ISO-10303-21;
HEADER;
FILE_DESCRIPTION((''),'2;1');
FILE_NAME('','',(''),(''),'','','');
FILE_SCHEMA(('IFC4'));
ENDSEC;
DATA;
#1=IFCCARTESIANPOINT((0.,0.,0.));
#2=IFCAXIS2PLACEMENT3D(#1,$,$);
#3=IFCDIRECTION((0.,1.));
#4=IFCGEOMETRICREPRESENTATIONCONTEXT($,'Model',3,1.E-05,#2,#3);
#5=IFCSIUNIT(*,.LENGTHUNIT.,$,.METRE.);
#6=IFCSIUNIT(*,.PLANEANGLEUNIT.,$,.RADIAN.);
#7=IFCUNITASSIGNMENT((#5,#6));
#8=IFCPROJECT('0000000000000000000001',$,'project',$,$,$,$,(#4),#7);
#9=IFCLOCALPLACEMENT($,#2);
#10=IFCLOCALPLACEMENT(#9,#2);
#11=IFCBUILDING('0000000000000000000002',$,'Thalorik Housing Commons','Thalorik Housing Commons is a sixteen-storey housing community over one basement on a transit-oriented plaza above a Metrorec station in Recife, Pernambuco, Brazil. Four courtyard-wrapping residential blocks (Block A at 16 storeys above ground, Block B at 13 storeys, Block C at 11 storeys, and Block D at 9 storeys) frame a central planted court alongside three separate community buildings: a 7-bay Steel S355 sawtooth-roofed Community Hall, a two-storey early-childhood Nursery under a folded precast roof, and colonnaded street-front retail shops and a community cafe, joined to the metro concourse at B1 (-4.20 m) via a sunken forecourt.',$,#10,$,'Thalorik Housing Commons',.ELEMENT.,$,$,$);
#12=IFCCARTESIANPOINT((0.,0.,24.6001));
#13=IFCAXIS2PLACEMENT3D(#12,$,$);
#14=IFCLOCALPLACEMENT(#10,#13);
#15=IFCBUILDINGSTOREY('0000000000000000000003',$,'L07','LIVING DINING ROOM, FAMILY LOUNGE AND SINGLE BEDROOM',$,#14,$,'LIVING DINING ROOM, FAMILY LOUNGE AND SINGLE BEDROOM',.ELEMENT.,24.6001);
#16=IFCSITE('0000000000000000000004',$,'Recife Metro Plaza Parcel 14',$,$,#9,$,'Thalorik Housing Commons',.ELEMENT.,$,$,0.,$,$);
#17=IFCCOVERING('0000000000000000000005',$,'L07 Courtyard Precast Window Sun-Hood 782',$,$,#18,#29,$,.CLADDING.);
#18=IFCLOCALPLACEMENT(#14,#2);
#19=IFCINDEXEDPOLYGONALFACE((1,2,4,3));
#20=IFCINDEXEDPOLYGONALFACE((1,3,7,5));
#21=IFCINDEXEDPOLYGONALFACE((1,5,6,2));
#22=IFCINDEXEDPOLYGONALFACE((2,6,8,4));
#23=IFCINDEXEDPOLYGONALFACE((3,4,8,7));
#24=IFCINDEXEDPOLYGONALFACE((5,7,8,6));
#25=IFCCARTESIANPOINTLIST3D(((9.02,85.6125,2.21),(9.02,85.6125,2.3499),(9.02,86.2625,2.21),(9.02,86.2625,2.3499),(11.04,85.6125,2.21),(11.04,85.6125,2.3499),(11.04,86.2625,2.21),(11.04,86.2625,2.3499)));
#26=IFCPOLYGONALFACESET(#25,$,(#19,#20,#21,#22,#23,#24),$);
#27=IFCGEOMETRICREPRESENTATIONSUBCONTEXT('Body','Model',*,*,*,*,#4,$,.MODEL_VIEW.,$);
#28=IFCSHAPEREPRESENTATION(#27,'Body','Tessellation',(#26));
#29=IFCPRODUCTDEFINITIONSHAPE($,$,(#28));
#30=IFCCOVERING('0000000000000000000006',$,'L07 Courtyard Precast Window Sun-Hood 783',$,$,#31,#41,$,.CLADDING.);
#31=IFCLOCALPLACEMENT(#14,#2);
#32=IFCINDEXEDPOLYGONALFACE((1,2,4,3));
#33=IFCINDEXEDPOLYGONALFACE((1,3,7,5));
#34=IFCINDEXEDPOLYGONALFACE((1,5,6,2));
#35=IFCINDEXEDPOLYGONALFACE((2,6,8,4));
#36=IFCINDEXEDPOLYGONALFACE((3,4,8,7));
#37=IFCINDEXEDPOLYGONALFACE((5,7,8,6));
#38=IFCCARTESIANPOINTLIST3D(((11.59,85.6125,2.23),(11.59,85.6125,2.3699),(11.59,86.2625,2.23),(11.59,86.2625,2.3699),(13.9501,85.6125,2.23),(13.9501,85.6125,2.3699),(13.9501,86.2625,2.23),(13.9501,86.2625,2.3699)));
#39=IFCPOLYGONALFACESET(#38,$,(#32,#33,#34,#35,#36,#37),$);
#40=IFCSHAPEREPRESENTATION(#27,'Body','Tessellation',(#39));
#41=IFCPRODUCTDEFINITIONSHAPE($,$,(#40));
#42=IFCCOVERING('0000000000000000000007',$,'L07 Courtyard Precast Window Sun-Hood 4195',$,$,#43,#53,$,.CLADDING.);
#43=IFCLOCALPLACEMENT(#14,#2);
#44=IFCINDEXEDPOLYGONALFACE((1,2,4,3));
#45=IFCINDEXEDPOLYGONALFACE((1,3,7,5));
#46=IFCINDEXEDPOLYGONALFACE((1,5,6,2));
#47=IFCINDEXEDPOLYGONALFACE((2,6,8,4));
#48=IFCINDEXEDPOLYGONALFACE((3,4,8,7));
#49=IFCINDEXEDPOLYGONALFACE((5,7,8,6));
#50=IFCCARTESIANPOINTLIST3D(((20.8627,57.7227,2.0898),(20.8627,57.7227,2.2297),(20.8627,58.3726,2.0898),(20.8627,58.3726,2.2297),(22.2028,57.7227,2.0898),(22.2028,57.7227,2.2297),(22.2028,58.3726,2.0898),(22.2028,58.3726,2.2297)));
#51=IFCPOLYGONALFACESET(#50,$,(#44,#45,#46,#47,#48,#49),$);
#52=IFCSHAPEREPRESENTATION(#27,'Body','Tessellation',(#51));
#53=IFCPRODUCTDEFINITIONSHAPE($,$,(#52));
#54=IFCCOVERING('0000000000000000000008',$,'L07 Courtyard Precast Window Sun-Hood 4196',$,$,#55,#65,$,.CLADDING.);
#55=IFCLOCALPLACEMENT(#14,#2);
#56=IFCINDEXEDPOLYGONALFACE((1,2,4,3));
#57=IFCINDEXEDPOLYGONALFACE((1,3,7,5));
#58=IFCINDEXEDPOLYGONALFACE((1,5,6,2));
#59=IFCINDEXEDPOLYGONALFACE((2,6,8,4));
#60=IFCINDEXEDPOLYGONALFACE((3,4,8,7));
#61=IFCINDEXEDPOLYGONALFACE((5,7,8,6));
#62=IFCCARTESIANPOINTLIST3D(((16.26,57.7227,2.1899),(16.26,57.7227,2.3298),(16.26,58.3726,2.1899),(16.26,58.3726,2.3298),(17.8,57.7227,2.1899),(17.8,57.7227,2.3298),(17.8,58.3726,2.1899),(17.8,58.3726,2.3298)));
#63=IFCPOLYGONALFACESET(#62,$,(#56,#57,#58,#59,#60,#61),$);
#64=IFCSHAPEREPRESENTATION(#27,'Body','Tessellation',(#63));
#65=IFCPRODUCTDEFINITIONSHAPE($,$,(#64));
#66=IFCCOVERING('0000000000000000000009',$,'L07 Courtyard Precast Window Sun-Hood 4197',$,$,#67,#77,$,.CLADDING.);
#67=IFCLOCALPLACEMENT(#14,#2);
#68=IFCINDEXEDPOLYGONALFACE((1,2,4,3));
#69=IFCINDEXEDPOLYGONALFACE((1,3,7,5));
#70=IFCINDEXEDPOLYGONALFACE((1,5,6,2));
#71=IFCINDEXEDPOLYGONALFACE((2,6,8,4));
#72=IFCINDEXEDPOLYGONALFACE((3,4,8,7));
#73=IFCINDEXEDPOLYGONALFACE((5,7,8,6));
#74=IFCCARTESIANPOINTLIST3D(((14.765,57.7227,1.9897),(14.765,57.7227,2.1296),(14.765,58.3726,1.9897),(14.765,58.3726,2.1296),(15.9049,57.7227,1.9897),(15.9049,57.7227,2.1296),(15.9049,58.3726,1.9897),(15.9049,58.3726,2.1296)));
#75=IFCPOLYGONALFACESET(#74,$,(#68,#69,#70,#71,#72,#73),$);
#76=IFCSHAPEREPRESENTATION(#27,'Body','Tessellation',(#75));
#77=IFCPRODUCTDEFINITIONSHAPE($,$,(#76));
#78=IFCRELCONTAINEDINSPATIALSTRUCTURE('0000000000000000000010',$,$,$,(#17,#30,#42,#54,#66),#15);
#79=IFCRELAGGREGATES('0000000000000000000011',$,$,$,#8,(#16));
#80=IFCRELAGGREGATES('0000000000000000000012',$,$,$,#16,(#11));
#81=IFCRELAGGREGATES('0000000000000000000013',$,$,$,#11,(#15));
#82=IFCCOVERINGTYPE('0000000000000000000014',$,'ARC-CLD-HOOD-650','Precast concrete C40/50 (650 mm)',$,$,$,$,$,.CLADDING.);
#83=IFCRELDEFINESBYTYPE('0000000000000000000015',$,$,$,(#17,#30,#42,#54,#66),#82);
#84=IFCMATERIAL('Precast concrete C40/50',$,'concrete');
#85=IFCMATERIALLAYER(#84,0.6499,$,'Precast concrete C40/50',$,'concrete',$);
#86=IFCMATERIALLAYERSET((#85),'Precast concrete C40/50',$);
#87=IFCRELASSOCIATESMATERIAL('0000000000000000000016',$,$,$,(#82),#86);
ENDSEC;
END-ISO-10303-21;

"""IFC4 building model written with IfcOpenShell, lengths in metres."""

from ifc_helpers import new_model, si_unit, direction, frame, origin, origin_2d, place, context, subcontext, project, spatial, rectangle, extrude, material, layer, layer_set, type_object, element, save


model = new_model("IFC4")

# Units and contexts
model_context = context("Model", 3, precision=1e-05, world=origin(), true_north=direction((0.0, 1.0)))
body_context = subcontext(model_context, "Body", "Model", "MODEL_VIEW")
ifc_project = project(units=[si_unit("LENGTHUNIT", "METRE"), si_unit("PLANEANGLEUNIT", "RADIAN")], contexts=[model_context])

# Site, building, storey
site_placement = place(None, origin())
site = spatial("IfcSite", under=ifc_project, at=site_placement, Name="Recife Metro Plaza Parcel 14", LongName="Thalorik Housing Commons", CompositionType="ELEMENT", RefElevation=0.0)
building_placement = place(site_placement, origin())
building = spatial("IfcBuilding", under=site, at=building_placement, Name="Thalorik Housing Commons", Description="Thalorik Housing Commons is a sixteen-storey housing community over one basement on a transit-oriented plaza above a Metrorec station in Recife, Pernambuco, Brazil. Four courtyard-wrapping residential blocks (Block A at 16 storeys above ground, Block B at 13 storeys, Block C at 11 storeys, and Block D at 9 storeys) frame a central planted court alongside three separate community buildings: a 7-bay Steel S355 sawtooth-roofed Community Hall, a two-storey early-childhood Nursery under a folded precast roof, and colonnaded street-front retail shops and a community cafe, joined to the metro concourse at B1 (-4.20 m) via a sunken forecourt.", LongName="Thalorik Housing Commons", CompositionType="ELEMENT")
storey_placement = place(building_placement, frame((0.0, 0.0, 24.6001)))
storey = spatial("IfcBuildingStorey", under=building, at=storey_placement, Name="L07", Description="LIVING DINING ROOM, FAMILY LOUNGE AND SINGLE BEDROOM", LongName="LIVING DINING ROOM, FAMILY LOUNGE AND SINGLE BEDROOM", CompositionType="ELEMENT", Elevation=24.6001)

# Shared definitions
ifc_material_1 = material(Name="Precast concrete C40/50", Category="concrete")

# Coverings
ifc_layer_1 = layer(ifc_material_1, 0.6499, Name="Precast concrete C40/50", Category="concrete")
ifc_layer_set_1 = layer_set([ifc_layer_1], Name="Precast concrete C40/50")
covering_type_1 = type_object("IfcCoveringType", Name="ARC-CLD-HOOD-650", Description="Precast concrete C40/50 (650 mm)", PredefinedType="CLADDING", material=ifc_layer_set_1)
covering_1_placement = place(storey_placement, frame((10.03, 85.9375, 2.21), z_axis=(0.0, 0.0, 1.0), x_axis=(1.0, 0.0, 0.0)))
element("IfcCovering", 1, at=covering_1_placement, inside=storey, type_object=covering_type_1, Name="L07 Courtyard Precast Window Sun-Hood 782", PredefinedType="CLADDING", context=body_context, shape_type="SweptSolid", body=[
    extrude(rectangle(XDim=2.02, YDim=0.6499, at=origin_2d()), origin(), (0.0, 0.0, 1.0), 0.1399),
])
covering_2_placement = place(storey_placement, frame((12.77, 85.9375, 2.23), z_axis=(0.0, 0.0, 1.0), x_axis=(1.0, 0.0, 0.0)))
element("IfcCovering", 2, at=covering_2_placement, inside=storey, type_object=covering_type_1, Name="L07 Courtyard Precast Window Sun-Hood 783", PredefinedType="CLADDING", context=body_context, shape_type="SweptSolid", body=[
    extrude(rectangle(XDim=2.3601, YDim=0.6499, at=origin_2d()), origin(), (0.0, 0.0, 1.0), 0.1399),
])
covering_3_placement = place(storey_placement, frame((21.5327, 58.0476, 2.0898), z_axis=(0.0, 0.0, 1.0), x_axis=(-1.0, 0.0, 0.0)))
element("IfcCovering", 3, at=covering_3_placement, inside=storey, type_object=covering_type_1, Name="L07 Courtyard Precast Window Sun-Hood 4195", PredefinedType="CLADDING", context=body_context, shape_type="SweptSolid", body=[
    extrude(rectangle(XDim=1.3401, YDim=0.6499, at=origin_2d()), origin(), (0.0, 0.0, 1.0), 0.1399),
])
covering_4_placement = place(storey_placement, frame((17.03, 58.0476, 2.1899), z_axis=(0.0, 0.0, 1.0), x_axis=(-1.0, 0.0, 0.0)))
element("IfcCovering", 4, at=covering_4_placement, inside=storey, type_object=covering_type_1, Name="L07 Courtyard Precast Window Sun-Hood 4196", PredefinedType="CLADDING", context=body_context, shape_type="SweptSolid", body=[
    extrude(rectangle(XDim=1.54, YDim=0.6499, at=origin_2d()), origin(), (0.0, 0.0, 1.0), 0.1399),
])
covering_5_placement = place(storey_placement, frame((15.335, 58.0476, 1.9897), z_axis=(0.0, 0.0, 1.0), x_axis=(-1.0, 0.0, 0.0)))
element("IfcCovering", 5, at=covering_5_placement, inside=storey, type_object=covering_type_1, Name="L07 Courtyard Precast Window Sun-Hood 4197", PredefinedType="CLADDING", context=body_context, shape_type="SweptSolid", body=[
    extrude(rectangle(XDim=1.1399, YDim=0.6499, at=origin_2d()), origin(), (0.0, 0.0, 1.0), 0.1399),
])

save(model, "model.ifc")
